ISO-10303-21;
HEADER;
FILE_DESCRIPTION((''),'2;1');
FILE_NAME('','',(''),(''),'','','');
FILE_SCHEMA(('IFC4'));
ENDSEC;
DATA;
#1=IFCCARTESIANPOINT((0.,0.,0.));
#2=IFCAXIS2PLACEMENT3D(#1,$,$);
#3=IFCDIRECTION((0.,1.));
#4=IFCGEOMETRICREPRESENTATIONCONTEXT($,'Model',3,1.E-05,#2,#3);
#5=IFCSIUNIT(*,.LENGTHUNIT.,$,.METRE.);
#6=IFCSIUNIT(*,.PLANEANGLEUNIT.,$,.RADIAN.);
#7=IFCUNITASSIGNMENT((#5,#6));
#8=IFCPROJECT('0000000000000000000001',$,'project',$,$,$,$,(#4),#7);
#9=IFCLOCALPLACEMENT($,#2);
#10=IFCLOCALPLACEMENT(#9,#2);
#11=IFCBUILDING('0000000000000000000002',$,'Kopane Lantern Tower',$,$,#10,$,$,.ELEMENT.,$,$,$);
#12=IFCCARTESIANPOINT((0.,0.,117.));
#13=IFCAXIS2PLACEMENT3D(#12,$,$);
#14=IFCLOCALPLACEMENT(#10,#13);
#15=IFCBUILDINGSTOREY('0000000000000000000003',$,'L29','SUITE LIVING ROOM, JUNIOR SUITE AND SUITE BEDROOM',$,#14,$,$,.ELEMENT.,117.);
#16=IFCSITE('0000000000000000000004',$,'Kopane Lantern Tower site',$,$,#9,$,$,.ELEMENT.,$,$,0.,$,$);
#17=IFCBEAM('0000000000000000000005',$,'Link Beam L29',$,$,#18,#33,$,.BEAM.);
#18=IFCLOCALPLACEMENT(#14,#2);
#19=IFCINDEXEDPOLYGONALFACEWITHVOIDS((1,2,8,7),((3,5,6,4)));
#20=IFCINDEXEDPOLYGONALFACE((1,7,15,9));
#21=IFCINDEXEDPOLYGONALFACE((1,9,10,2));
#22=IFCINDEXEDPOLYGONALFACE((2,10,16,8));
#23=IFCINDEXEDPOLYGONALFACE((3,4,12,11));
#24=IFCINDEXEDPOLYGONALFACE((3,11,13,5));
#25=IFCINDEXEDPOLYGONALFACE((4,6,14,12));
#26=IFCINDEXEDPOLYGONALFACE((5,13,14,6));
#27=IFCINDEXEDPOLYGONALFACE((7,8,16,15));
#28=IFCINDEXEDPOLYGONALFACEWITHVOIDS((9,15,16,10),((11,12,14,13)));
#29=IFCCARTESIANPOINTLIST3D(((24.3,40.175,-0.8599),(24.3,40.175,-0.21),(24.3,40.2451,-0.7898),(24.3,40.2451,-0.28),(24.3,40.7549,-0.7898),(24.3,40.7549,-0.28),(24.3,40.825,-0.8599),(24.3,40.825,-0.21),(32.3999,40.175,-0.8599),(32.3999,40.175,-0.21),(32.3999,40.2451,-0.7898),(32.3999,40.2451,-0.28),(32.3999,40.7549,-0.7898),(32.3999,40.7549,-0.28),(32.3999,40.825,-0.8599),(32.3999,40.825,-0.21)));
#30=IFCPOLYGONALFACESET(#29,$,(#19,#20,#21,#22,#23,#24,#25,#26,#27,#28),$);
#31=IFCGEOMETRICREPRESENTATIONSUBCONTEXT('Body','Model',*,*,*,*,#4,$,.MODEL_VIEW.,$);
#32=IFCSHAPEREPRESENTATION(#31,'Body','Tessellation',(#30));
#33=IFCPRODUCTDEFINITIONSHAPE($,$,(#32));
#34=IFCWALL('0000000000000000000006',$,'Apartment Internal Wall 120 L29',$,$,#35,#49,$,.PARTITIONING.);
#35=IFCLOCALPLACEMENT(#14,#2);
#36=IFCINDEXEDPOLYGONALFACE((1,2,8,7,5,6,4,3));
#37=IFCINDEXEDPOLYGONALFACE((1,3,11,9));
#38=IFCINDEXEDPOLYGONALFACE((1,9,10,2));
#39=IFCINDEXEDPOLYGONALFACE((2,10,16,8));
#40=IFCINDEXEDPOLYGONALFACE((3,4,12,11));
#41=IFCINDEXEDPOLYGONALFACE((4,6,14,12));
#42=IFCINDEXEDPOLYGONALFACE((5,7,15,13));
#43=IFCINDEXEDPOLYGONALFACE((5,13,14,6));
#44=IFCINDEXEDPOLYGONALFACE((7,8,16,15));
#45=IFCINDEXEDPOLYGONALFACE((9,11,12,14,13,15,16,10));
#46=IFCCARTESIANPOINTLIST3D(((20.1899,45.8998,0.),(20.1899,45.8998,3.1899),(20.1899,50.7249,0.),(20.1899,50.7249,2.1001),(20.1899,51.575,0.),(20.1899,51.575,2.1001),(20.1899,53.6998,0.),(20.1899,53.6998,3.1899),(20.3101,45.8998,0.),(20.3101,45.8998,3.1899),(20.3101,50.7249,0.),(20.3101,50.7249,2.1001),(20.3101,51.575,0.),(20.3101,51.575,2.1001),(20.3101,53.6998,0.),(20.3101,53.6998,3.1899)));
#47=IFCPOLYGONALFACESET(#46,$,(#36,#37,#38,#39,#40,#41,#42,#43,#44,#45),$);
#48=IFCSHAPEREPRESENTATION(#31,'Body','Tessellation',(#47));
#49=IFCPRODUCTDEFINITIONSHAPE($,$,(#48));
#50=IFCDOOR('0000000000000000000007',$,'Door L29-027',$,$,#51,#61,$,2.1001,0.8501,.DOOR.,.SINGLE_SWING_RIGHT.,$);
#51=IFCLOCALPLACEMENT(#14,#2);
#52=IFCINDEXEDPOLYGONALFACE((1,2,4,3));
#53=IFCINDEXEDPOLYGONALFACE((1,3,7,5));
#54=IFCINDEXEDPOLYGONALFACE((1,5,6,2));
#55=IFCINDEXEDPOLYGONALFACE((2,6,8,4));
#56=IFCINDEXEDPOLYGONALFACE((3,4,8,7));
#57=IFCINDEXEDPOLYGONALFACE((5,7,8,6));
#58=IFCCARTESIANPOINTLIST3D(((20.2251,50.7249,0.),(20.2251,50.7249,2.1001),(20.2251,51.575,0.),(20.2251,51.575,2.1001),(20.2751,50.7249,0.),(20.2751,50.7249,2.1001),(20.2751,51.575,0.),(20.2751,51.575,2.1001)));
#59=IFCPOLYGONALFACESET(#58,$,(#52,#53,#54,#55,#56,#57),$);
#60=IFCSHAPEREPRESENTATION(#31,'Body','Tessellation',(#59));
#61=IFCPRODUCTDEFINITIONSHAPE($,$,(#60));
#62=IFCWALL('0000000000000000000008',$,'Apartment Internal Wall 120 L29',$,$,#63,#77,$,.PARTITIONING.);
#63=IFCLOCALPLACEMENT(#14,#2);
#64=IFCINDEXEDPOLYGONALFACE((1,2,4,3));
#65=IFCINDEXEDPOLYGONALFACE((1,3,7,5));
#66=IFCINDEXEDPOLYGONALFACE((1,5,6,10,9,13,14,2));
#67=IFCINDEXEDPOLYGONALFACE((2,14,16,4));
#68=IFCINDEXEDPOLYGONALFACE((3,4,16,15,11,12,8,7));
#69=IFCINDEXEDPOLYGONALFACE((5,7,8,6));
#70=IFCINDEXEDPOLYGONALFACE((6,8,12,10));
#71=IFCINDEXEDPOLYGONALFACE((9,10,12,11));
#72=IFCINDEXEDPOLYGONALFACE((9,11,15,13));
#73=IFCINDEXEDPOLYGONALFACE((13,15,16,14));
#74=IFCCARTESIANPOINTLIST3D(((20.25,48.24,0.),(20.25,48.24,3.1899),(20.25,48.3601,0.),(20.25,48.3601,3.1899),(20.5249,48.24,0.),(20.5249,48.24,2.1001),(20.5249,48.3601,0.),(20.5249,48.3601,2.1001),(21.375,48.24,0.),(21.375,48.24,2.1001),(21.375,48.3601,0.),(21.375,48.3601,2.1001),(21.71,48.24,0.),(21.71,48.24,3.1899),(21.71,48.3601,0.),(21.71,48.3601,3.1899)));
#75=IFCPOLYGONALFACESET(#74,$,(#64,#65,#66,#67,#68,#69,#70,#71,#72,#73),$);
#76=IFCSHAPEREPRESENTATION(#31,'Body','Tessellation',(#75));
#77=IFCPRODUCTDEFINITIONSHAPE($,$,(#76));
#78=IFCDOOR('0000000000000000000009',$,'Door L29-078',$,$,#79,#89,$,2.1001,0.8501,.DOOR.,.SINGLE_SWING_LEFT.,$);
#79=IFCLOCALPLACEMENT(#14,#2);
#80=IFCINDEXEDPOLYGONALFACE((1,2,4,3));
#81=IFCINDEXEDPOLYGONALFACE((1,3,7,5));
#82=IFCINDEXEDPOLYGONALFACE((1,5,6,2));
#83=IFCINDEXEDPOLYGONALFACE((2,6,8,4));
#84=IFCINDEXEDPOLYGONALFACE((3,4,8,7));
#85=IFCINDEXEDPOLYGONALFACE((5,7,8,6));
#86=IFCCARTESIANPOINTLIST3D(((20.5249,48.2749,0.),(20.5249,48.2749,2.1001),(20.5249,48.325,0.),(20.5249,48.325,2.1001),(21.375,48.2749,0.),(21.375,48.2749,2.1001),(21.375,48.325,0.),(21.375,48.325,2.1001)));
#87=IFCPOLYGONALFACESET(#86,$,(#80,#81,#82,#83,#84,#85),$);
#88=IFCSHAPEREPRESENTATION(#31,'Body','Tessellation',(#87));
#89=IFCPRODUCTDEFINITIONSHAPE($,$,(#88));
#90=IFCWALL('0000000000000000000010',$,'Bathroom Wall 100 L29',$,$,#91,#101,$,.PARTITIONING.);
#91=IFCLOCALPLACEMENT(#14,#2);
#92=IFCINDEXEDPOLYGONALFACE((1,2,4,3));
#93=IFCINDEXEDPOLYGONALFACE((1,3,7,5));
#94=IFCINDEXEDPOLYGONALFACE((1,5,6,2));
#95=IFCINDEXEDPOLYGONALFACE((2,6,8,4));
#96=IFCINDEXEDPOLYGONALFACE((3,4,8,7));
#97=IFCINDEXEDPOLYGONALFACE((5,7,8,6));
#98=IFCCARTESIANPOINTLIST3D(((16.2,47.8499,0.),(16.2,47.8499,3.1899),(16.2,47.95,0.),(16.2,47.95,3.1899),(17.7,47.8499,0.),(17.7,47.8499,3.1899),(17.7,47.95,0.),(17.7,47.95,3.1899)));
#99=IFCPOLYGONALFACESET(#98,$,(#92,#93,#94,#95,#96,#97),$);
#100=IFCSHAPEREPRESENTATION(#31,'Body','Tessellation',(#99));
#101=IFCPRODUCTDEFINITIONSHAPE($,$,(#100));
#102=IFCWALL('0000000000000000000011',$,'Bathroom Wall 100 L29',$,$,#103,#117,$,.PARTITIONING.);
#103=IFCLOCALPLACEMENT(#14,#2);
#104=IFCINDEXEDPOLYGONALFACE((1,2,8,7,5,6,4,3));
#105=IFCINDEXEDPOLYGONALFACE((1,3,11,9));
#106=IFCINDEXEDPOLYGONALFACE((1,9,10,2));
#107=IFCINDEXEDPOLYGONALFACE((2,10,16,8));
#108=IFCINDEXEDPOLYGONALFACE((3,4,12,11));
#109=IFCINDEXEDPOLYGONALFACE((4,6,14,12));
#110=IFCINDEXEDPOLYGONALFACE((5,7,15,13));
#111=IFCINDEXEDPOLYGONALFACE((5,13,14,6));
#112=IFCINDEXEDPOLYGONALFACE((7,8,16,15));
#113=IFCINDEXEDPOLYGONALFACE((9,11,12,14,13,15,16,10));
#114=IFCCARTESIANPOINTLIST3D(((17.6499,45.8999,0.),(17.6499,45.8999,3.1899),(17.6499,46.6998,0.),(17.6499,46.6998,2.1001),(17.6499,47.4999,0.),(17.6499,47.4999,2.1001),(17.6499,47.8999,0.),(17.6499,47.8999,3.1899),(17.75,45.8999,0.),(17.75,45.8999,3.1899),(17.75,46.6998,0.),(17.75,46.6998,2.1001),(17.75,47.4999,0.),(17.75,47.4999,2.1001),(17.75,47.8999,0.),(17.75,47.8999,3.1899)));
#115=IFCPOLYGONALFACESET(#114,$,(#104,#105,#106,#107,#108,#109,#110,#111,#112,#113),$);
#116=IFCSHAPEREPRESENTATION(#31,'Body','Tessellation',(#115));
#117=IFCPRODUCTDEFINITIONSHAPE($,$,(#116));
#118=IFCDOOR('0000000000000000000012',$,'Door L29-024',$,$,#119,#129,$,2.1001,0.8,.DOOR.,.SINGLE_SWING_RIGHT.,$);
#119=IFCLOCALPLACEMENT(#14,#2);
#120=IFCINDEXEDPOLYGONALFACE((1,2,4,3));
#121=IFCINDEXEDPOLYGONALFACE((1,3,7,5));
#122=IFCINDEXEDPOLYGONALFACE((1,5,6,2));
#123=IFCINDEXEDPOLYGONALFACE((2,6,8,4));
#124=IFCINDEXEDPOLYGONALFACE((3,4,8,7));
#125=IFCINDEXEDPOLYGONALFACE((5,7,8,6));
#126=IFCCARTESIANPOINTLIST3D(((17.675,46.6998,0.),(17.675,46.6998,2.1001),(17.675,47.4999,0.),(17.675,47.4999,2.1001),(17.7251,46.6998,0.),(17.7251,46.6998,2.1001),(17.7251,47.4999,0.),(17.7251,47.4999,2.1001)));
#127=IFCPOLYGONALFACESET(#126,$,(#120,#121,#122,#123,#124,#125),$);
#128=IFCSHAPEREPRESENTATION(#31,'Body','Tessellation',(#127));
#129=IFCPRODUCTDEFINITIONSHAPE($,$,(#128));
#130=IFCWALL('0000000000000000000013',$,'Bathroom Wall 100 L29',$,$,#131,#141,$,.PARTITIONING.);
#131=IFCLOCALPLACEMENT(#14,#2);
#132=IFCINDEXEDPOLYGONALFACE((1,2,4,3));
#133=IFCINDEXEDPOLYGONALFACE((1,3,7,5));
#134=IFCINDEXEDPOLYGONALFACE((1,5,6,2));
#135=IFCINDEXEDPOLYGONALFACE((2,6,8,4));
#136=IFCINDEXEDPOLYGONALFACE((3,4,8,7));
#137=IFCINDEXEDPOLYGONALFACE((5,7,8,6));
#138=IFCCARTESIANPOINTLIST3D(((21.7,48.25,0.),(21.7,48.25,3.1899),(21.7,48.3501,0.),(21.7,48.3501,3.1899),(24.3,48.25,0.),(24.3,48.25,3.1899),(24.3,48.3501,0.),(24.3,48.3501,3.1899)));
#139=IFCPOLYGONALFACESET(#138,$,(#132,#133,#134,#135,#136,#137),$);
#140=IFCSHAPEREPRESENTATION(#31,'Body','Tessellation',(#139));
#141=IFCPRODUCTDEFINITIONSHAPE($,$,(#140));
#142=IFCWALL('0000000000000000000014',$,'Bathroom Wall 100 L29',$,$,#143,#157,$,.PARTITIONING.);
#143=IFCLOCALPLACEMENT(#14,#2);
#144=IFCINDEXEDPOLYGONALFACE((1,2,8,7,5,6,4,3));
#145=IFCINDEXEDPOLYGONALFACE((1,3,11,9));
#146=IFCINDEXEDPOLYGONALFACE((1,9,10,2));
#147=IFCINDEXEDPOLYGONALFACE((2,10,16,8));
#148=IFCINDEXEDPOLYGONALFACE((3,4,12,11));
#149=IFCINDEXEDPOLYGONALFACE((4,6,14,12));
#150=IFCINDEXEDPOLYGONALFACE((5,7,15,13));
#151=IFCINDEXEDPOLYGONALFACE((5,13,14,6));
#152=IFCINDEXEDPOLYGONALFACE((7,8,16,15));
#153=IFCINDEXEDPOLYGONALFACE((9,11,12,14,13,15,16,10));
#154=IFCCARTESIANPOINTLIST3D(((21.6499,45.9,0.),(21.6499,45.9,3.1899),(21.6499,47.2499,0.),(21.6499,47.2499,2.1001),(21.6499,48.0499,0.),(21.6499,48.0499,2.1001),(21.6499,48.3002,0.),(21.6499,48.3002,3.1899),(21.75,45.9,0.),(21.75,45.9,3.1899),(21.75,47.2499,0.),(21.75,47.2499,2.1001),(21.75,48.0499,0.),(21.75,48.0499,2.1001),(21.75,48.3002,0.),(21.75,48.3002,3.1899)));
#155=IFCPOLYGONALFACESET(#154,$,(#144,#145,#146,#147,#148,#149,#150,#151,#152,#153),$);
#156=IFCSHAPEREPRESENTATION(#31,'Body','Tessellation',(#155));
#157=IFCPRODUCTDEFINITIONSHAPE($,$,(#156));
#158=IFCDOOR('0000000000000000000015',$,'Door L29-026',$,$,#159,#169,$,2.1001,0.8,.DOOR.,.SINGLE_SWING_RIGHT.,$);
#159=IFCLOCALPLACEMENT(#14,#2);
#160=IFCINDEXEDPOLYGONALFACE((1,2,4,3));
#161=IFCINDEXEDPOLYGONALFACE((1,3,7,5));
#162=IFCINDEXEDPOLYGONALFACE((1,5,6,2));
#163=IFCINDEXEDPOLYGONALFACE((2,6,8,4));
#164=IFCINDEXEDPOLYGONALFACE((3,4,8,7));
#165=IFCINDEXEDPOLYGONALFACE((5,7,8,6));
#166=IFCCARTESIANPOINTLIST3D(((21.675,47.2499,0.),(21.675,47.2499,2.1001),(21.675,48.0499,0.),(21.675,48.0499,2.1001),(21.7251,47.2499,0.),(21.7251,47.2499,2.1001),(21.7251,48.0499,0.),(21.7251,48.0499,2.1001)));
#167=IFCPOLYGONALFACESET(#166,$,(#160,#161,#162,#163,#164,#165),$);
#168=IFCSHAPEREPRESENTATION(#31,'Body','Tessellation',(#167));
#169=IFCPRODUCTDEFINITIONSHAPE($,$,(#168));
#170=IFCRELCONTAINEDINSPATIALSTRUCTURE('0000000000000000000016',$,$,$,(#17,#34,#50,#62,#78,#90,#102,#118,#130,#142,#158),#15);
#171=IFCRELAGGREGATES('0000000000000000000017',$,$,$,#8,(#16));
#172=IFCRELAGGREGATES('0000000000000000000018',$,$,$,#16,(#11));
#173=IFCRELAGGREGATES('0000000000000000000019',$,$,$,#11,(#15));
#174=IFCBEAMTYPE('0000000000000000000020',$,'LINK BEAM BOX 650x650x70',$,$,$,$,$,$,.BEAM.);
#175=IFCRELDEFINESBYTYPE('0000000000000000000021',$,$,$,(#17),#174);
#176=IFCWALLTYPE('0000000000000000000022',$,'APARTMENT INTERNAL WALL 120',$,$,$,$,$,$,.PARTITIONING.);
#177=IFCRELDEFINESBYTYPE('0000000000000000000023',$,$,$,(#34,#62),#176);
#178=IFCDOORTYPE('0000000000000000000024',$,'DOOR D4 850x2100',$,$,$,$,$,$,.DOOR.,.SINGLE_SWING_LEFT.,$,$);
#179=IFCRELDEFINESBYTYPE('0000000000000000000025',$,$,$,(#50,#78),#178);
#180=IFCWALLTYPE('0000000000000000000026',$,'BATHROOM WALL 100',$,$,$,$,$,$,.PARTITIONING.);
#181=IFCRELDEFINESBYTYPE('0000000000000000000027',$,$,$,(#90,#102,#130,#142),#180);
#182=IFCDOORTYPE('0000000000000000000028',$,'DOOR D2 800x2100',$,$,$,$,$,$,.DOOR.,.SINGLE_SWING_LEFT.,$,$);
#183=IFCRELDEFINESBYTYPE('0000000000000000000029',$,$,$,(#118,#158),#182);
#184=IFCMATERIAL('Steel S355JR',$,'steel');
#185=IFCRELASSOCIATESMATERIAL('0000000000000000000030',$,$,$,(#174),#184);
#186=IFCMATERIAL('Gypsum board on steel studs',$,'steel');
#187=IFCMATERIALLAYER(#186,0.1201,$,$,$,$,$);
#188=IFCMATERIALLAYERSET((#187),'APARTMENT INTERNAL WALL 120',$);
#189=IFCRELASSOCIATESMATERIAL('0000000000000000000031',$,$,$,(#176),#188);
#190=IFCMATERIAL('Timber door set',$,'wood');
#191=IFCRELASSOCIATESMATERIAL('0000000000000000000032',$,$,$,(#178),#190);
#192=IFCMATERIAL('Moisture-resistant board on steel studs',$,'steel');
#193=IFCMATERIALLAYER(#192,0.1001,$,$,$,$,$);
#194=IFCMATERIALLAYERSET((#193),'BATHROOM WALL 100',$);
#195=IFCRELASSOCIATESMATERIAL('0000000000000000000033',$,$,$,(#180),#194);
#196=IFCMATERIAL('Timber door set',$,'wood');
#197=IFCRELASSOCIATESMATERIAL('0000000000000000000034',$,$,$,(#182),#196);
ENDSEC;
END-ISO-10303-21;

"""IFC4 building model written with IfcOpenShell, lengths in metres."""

from ifc_helpers import new_model, si_unit, direction, frame, frame_2d, origin, origin_2d, place, context, subcontext, project, spatial, rectangle, hollow_rectangle, extrude, material, layer, layer_set, material_profile, profile_set, type_object, element, fill, save


model = new_model("IFC4")

# Units and contexts
model_context = context("Model", 3, precision=1e-05, world=origin(), true_north=direction((0.0, 1.0)))
body_context = subcontext(model_context, "Body", "Model", "MODEL_VIEW")
ifc_project = project(units=[si_unit("LENGTHUNIT", "METRE"), si_unit("PLANEANGLEUNIT", "RADIAN")], contexts=[model_context])

# Site, building, storey
site_placement = place(None, origin())
site = spatial("IfcSite", under=ifc_project, at=site_placement, Name="Kopane Lantern Tower site", CompositionType="ELEMENT", RefElevation=0.0)
building_placement = place(site_placement, origin())
building = spatial("IfcBuilding", under=site, at=building_placement, Name="Kopane Lantern Tower", CompositionType="ELEMENT")
storey_placement = place(building_placement, frame((0.0, 0.0, 117.0)))
storey = spatial("IfcBuildingStorey", under=building, at=storey_placement, Name="L29", Description="SUITE LIVING ROOM, JUNIOR SUITE AND SUITE BEDROOM", CompositionType="ELEMENT", Elevation=117.0)

# Beam
ifc_material_1 = material(Name="Steel S355JR", Category="steel")
ifc_material_profile_1 = material_profile(ifc_material_1, hollow_rectangle(XDim=0.6499, YDim=0.6499, WallThickness=0.0701, at=origin_2d()), Name="BOX 650x650x70")
ifc_profile_set_1 = profile_set([ifc_material_profile_1], Name="Steel S355JR")
beam_type_1 = type_object("IfcBeamType", Name="LINK BEAM BOX 650x650x70", PredefinedType="BEAM", material=ifc_profile_set_1)
beam_placement = place(storey_placement, frame((24.3, 40.5, -0.5349), z_axis=(1.0, 0.0, 0.0), x_axis=(0.0, 1.0, 0.0)))
element("IfcBeam", 1, at=beam_placement, inside=storey, type_object=beam_type_1, Name="Link Beam L29", PredefinedType="BEAM", context=body_context, shape_type="SweptSolid", body=[
    extrude(hollow_rectangle(XDim=0.6499, YDim=0.6499, WallThickness=0.0701, at=origin_2d()), origin(), (0.0, 0.0, 1.0), 8.0999),
])

# Walls, openings, doors
ifc_material_2 = material(Name="Gypsum board on steel studs", Category="steel")
ifc_layer_1 = layer(ifc_material_2, 0.1201)
ifc_layer_set_1 = layer_set([ifc_layer_1], Name="APARTMENT INTERNAL WALL 120")
wall_type_1 = type_object("IfcWallType", Name="APARTMENT INTERNAL WALL 120", PredefinedType="PARTITIONING", material=ifc_layer_set_1)
wall_1_placement = place(storey_placement, frame((20.25, 45.8999, 0.0), z_axis=(0.0, 0.0, 1.0), x_axis=(0.0, 1.0, 0.0)))
wall_1 = element("IfcWall", 2, at=wall_1_placement, inside=storey, type_object=wall_type_1, Name="Apartment Internal Wall 120 L29", PredefinedType="PARTITIONING", context=body_context, shape_type="SweptSolid", body=[
    extrude(rectangle(XDim=7.8, YDim=0.1201, at=frame_2d((3.8999, 0.0))), origin(), (0.0, 0.0, 1.0), 3.1899),
])
opening_1_placement = place(wall_1_placement, frame((4.825, 0.0, 0.0)))
opening_1 = element("IfcOpeningElement", 3, at=opening_1_placement, cuts=wall_1, PredefinedType="OPENING", context=body_context, shape_type="SweptSolid", body=[
    extrude(rectangle(XDim=0.8501, YDim=2.1001, at=frame_2d((0.425, 1.05))), frame((0.0, 0.0701, 0.0), z_axis=(0.0, -1.0, 0.0), x_axis=(1.0, 0.0, 0.0)), (0.0, 0.0, 1.0), 0.1401),
])
ifc_material_3 = material(Name="Timber door set", Category="wood")
door_type_1 = type_object("IfcDoorType", Name="DOOR D4 850x2100", OperationType="SINGLE_SWING_LEFT", PredefinedType="DOOR", material=ifc_material_3)
door_1_placement = place(opening_1_placement, origin())
door_1 = element("IfcDoor", 4, at=door_1_placement, inside=storey, type_object=door_type_1, Name="Door L29-027", OperationType="SINGLE_SWING_RIGHT", OverallHeight=2.1001, OverallWidth=0.8501, PredefinedType="DOOR", context=body_context, shape_type="SweptSolid", body=[
    extrude(rectangle(XDim=0.8501, YDim=2.1001, at=frame_2d((0.425, 1.05))), frame((0.0, 0.0249, 0.0), z_axis=(0.0, -1.0, 0.0), x_axis=(1.0, 0.0, 0.0)), (0.0, 0.0, 1.0), 0.05),
])
fill(opening_1, door_1)
wall_2_placement = place(storey_placement, frame((20.25, 48.3, 0.0), z_axis=(0.0, 0.0, 1.0), x_axis=(1.0, 0.0, 0.0)))
wall_2 = element("IfcWall", 5, at=wall_2_placement, inside=storey, type_object=wall_type_1, Name="Apartment Internal Wall 120 L29", PredefinedType="PARTITIONING", context=body_context, shape_type="SweptSolid", body=[
    extrude(rectangle(XDim=1.46, YDim=0.1201, at=frame_2d((0.73, 0.0))), origin(), (0.0, 0.0, 1.0), 3.1899),
])
opening_2_placement = place(wall_2_placement, frame((0.2749, 0.0, 0.0)))
opening_2 = element("IfcOpeningElement", 6, at=opening_2_placement, cuts=wall_2, PredefinedType="OPENING", context=body_context, shape_type="SweptSolid", body=[
    extrude(rectangle(XDim=0.8501, YDim=2.1001, at=frame_2d((0.425, 1.05))), frame((0.0, 0.0701, 0.0), z_axis=(0.0, -1.0, 0.0), x_axis=(1.0, 0.0, 0.0)), (0.0, 0.0, 1.0), 0.1401),
])
door_2_placement = place(opening_2_placement, origin())
door_2 = element("IfcDoor", 7, at=door_2_placement, inside=storey, type_object=door_type_1, Name="Door L29-078", OperationType="SINGLE_SWING_LEFT", OverallHeight=2.1001, OverallWidth=0.8501, PredefinedType="DOOR", context=body_context, shape_type="SweptSolid", body=[
    extrude(rectangle(XDim=0.8501, YDim=2.1001, at=frame_2d((0.425, 1.05))), frame((0.0, 0.0249, 0.0), z_axis=(0.0, -1.0, 0.0), x_axis=(1.0, 0.0, 0.0)), (0.0, 0.0, 1.0), 0.05),
])
fill(opening_2, door_2)

# Wall
ifc_material_4 = material(Name="Moisture-resistant board on steel studs", Category="steel")
ifc_layer_2 = layer(ifc_material_4, 0.1001)
ifc_layer_set_2 = layer_set([ifc_layer_2], Name="BATHROOM WALL 100")
wall_type_2 = type_object("IfcWallType", Name="BATHROOM WALL 100", PredefinedType="PARTITIONING", material=ifc_layer_set_2)
wall_3_placement = place(storey_placement, frame((16.2, 47.8999, 0.0), z_axis=(0.0, 0.0, 1.0), x_axis=(1.0, 0.0, 0.0)))
element("IfcWall", 8, at=wall_3_placement, inside=storey, type_object=wall_type_2, Name="Bathroom Wall 100 L29", PredefinedType="PARTITIONING", context=body_context, shape_type="SweptSolid", body=[
    extrude(rectangle(XDim=1.5, YDim=0.1001, at=frame_2d((0.75, 0.0))), origin(), (0.0, 0.0, 1.0), 3.1899),
])

# Wall, opening, door
wall_4_placement = place(storey_placement, frame((17.7, 45.8999, 0.0), z_axis=(0.0, 0.0, 1.0), x_axis=(0.0, 1.0, 0.0)))
wall_4 = element("IfcWall", 9, at=wall_4_placement, inside=storey, type_object=wall_type_2, Name="Bathroom Wall 100 L29", PredefinedType="PARTITIONING", context=body_context, shape_type="SweptSolid", body=[
    extrude(rectangle(XDim=2.0, YDim=0.1001, at=frame_2d((1.0, 0.0))), origin(), (0.0, 0.0, 1.0), 3.1899),
])
opening_3_placement = place(wall_4_placement, frame((0.8, 0.0, 0.0)))
opening_3 = element("IfcOpeningElement", 10, at=opening_3_placement, cuts=wall_4, PredefinedType="OPENING", context=body_context, shape_type="SweptSolid", body=[
    extrude(rectangle(XDim=0.8, YDim=2.1001, at=frame_2d((0.3999, 1.05))), frame((0.0, 0.0601, 0.0), z_axis=(0.0, -1.0, 0.0), x_axis=(1.0, 0.0, 0.0)), (0.0, 0.0, 1.0), 0.1201),
])
ifc_material_5 = material(Name="Timber door set", Category="wood")
door_type_2 = type_object("IfcDoorType", Name="DOOR D2 800x2100", OperationType="SINGLE_SWING_LEFT", PredefinedType="DOOR", material=ifc_material_5)
door_3_placement = place(opening_3_placement, origin())
door_3 = element("IfcDoor", 11, at=door_3_placement, inside=storey, type_object=door_type_2, Name="Door L29-024", OperationType="SINGLE_SWING_RIGHT", OverallHeight=2.1001, OverallWidth=0.8, PredefinedType="DOOR", context=body_context, shape_type="SweptSolid", body=[
    extrude(rectangle(XDim=0.8, YDim=2.1001, at=frame_2d((0.3999, 1.05))), frame((0.0, 0.0249, 0.0), z_axis=(0.0, -1.0, 0.0), x_axis=(1.0, 0.0, 0.0)), (0.0, 0.0, 1.0), 0.05),
])
fill(opening_3, door_3)

# Wall
wall_5_placement = place(storey_placement, frame((21.7, 48.3, 0.0), z_axis=(0.0, 0.0, 1.0), x_axis=(1.0, 0.0, 0.0)))
element("IfcWall", 12, at=wall_5_placement, inside=storey, type_object=wall_type_2, Name="Bathroom Wall 100 L29", PredefinedType="PARTITIONING", context=body_context, shape_type="SweptSolid", body=[
    extrude(rectangle(XDim=2.6001, YDim=0.1001, at=frame_2d((1.3, 0.0))), origin(), (0.0, 0.0, 1.0), 3.1899),
])

# Wall, opening, door
wall_6_placement = place(storey_placement, frame((21.7, 45.8999, 0.0), z_axis=(0.0, 0.0, 1.0), x_axis=(0.0, 1.0, 0.0)))
wall_6 = element("IfcWall", 13, at=wall_6_placement, inside=storey, type_object=wall_type_2, Name="Bathroom Wall 100 L29", PredefinedType="PARTITIONING", context=body_context, shape_type="SweptSolid", body=[
    extrude(rectangle(XDim=2.4001, YDim=0.1001, at=frame_2d((1.2002, 0.0))), origin(), (0.0, 0.0, 1.0), 3.1899),
])
opening_4_placement = place(wall_6_placement, frame((1.3501, 0.0, 0.0)))
opening_4 = element("IfcOpeningElement", 14, at=opening_4_placement, cuts=wall_6, PredefinedType="OPENING", context=body_context, shape_type="SweptSolid", body=[
    extrude(rectangle(XDim=0.8, YDim=2.1001, at=frame_2d((0.3999, 1.05))), frame((0.0, 0.0601, 0.0), z_axis=(0.0, -1.0, 0.0), x_axis=(1.0, 0.0, 0.0)), (0.0, 0.0, 1.0), 0.1201),
])
door_4_placement = place(opening_4_placement, origin())
door_4 = element("IfcDoor", 15, at=door_4_placement, inside=storey, type_object=door_type_2, Name="Door L29-026", OperationType="SINGLE_SWING_RIGHT", OverallHeight=2.1001, OverallWidth=0.8, PredefinedType="DOOR", context=body_context, shape_type="SweptSolid", body=[
    extrude(rectangle(XDim=0.8, YDim=2.1001, at=frame_2d((0.3999, 1.05))), frame((0.0, 0.0249, 0.0), z_axis=(0.0, -1.0, 0.0), x_axis=(1.0, 0.0, 0.0)), (0.0, 0.0, 1.0), 0.05),
])
fill(opening_4, door_4)

save(model, "model.ifc")
